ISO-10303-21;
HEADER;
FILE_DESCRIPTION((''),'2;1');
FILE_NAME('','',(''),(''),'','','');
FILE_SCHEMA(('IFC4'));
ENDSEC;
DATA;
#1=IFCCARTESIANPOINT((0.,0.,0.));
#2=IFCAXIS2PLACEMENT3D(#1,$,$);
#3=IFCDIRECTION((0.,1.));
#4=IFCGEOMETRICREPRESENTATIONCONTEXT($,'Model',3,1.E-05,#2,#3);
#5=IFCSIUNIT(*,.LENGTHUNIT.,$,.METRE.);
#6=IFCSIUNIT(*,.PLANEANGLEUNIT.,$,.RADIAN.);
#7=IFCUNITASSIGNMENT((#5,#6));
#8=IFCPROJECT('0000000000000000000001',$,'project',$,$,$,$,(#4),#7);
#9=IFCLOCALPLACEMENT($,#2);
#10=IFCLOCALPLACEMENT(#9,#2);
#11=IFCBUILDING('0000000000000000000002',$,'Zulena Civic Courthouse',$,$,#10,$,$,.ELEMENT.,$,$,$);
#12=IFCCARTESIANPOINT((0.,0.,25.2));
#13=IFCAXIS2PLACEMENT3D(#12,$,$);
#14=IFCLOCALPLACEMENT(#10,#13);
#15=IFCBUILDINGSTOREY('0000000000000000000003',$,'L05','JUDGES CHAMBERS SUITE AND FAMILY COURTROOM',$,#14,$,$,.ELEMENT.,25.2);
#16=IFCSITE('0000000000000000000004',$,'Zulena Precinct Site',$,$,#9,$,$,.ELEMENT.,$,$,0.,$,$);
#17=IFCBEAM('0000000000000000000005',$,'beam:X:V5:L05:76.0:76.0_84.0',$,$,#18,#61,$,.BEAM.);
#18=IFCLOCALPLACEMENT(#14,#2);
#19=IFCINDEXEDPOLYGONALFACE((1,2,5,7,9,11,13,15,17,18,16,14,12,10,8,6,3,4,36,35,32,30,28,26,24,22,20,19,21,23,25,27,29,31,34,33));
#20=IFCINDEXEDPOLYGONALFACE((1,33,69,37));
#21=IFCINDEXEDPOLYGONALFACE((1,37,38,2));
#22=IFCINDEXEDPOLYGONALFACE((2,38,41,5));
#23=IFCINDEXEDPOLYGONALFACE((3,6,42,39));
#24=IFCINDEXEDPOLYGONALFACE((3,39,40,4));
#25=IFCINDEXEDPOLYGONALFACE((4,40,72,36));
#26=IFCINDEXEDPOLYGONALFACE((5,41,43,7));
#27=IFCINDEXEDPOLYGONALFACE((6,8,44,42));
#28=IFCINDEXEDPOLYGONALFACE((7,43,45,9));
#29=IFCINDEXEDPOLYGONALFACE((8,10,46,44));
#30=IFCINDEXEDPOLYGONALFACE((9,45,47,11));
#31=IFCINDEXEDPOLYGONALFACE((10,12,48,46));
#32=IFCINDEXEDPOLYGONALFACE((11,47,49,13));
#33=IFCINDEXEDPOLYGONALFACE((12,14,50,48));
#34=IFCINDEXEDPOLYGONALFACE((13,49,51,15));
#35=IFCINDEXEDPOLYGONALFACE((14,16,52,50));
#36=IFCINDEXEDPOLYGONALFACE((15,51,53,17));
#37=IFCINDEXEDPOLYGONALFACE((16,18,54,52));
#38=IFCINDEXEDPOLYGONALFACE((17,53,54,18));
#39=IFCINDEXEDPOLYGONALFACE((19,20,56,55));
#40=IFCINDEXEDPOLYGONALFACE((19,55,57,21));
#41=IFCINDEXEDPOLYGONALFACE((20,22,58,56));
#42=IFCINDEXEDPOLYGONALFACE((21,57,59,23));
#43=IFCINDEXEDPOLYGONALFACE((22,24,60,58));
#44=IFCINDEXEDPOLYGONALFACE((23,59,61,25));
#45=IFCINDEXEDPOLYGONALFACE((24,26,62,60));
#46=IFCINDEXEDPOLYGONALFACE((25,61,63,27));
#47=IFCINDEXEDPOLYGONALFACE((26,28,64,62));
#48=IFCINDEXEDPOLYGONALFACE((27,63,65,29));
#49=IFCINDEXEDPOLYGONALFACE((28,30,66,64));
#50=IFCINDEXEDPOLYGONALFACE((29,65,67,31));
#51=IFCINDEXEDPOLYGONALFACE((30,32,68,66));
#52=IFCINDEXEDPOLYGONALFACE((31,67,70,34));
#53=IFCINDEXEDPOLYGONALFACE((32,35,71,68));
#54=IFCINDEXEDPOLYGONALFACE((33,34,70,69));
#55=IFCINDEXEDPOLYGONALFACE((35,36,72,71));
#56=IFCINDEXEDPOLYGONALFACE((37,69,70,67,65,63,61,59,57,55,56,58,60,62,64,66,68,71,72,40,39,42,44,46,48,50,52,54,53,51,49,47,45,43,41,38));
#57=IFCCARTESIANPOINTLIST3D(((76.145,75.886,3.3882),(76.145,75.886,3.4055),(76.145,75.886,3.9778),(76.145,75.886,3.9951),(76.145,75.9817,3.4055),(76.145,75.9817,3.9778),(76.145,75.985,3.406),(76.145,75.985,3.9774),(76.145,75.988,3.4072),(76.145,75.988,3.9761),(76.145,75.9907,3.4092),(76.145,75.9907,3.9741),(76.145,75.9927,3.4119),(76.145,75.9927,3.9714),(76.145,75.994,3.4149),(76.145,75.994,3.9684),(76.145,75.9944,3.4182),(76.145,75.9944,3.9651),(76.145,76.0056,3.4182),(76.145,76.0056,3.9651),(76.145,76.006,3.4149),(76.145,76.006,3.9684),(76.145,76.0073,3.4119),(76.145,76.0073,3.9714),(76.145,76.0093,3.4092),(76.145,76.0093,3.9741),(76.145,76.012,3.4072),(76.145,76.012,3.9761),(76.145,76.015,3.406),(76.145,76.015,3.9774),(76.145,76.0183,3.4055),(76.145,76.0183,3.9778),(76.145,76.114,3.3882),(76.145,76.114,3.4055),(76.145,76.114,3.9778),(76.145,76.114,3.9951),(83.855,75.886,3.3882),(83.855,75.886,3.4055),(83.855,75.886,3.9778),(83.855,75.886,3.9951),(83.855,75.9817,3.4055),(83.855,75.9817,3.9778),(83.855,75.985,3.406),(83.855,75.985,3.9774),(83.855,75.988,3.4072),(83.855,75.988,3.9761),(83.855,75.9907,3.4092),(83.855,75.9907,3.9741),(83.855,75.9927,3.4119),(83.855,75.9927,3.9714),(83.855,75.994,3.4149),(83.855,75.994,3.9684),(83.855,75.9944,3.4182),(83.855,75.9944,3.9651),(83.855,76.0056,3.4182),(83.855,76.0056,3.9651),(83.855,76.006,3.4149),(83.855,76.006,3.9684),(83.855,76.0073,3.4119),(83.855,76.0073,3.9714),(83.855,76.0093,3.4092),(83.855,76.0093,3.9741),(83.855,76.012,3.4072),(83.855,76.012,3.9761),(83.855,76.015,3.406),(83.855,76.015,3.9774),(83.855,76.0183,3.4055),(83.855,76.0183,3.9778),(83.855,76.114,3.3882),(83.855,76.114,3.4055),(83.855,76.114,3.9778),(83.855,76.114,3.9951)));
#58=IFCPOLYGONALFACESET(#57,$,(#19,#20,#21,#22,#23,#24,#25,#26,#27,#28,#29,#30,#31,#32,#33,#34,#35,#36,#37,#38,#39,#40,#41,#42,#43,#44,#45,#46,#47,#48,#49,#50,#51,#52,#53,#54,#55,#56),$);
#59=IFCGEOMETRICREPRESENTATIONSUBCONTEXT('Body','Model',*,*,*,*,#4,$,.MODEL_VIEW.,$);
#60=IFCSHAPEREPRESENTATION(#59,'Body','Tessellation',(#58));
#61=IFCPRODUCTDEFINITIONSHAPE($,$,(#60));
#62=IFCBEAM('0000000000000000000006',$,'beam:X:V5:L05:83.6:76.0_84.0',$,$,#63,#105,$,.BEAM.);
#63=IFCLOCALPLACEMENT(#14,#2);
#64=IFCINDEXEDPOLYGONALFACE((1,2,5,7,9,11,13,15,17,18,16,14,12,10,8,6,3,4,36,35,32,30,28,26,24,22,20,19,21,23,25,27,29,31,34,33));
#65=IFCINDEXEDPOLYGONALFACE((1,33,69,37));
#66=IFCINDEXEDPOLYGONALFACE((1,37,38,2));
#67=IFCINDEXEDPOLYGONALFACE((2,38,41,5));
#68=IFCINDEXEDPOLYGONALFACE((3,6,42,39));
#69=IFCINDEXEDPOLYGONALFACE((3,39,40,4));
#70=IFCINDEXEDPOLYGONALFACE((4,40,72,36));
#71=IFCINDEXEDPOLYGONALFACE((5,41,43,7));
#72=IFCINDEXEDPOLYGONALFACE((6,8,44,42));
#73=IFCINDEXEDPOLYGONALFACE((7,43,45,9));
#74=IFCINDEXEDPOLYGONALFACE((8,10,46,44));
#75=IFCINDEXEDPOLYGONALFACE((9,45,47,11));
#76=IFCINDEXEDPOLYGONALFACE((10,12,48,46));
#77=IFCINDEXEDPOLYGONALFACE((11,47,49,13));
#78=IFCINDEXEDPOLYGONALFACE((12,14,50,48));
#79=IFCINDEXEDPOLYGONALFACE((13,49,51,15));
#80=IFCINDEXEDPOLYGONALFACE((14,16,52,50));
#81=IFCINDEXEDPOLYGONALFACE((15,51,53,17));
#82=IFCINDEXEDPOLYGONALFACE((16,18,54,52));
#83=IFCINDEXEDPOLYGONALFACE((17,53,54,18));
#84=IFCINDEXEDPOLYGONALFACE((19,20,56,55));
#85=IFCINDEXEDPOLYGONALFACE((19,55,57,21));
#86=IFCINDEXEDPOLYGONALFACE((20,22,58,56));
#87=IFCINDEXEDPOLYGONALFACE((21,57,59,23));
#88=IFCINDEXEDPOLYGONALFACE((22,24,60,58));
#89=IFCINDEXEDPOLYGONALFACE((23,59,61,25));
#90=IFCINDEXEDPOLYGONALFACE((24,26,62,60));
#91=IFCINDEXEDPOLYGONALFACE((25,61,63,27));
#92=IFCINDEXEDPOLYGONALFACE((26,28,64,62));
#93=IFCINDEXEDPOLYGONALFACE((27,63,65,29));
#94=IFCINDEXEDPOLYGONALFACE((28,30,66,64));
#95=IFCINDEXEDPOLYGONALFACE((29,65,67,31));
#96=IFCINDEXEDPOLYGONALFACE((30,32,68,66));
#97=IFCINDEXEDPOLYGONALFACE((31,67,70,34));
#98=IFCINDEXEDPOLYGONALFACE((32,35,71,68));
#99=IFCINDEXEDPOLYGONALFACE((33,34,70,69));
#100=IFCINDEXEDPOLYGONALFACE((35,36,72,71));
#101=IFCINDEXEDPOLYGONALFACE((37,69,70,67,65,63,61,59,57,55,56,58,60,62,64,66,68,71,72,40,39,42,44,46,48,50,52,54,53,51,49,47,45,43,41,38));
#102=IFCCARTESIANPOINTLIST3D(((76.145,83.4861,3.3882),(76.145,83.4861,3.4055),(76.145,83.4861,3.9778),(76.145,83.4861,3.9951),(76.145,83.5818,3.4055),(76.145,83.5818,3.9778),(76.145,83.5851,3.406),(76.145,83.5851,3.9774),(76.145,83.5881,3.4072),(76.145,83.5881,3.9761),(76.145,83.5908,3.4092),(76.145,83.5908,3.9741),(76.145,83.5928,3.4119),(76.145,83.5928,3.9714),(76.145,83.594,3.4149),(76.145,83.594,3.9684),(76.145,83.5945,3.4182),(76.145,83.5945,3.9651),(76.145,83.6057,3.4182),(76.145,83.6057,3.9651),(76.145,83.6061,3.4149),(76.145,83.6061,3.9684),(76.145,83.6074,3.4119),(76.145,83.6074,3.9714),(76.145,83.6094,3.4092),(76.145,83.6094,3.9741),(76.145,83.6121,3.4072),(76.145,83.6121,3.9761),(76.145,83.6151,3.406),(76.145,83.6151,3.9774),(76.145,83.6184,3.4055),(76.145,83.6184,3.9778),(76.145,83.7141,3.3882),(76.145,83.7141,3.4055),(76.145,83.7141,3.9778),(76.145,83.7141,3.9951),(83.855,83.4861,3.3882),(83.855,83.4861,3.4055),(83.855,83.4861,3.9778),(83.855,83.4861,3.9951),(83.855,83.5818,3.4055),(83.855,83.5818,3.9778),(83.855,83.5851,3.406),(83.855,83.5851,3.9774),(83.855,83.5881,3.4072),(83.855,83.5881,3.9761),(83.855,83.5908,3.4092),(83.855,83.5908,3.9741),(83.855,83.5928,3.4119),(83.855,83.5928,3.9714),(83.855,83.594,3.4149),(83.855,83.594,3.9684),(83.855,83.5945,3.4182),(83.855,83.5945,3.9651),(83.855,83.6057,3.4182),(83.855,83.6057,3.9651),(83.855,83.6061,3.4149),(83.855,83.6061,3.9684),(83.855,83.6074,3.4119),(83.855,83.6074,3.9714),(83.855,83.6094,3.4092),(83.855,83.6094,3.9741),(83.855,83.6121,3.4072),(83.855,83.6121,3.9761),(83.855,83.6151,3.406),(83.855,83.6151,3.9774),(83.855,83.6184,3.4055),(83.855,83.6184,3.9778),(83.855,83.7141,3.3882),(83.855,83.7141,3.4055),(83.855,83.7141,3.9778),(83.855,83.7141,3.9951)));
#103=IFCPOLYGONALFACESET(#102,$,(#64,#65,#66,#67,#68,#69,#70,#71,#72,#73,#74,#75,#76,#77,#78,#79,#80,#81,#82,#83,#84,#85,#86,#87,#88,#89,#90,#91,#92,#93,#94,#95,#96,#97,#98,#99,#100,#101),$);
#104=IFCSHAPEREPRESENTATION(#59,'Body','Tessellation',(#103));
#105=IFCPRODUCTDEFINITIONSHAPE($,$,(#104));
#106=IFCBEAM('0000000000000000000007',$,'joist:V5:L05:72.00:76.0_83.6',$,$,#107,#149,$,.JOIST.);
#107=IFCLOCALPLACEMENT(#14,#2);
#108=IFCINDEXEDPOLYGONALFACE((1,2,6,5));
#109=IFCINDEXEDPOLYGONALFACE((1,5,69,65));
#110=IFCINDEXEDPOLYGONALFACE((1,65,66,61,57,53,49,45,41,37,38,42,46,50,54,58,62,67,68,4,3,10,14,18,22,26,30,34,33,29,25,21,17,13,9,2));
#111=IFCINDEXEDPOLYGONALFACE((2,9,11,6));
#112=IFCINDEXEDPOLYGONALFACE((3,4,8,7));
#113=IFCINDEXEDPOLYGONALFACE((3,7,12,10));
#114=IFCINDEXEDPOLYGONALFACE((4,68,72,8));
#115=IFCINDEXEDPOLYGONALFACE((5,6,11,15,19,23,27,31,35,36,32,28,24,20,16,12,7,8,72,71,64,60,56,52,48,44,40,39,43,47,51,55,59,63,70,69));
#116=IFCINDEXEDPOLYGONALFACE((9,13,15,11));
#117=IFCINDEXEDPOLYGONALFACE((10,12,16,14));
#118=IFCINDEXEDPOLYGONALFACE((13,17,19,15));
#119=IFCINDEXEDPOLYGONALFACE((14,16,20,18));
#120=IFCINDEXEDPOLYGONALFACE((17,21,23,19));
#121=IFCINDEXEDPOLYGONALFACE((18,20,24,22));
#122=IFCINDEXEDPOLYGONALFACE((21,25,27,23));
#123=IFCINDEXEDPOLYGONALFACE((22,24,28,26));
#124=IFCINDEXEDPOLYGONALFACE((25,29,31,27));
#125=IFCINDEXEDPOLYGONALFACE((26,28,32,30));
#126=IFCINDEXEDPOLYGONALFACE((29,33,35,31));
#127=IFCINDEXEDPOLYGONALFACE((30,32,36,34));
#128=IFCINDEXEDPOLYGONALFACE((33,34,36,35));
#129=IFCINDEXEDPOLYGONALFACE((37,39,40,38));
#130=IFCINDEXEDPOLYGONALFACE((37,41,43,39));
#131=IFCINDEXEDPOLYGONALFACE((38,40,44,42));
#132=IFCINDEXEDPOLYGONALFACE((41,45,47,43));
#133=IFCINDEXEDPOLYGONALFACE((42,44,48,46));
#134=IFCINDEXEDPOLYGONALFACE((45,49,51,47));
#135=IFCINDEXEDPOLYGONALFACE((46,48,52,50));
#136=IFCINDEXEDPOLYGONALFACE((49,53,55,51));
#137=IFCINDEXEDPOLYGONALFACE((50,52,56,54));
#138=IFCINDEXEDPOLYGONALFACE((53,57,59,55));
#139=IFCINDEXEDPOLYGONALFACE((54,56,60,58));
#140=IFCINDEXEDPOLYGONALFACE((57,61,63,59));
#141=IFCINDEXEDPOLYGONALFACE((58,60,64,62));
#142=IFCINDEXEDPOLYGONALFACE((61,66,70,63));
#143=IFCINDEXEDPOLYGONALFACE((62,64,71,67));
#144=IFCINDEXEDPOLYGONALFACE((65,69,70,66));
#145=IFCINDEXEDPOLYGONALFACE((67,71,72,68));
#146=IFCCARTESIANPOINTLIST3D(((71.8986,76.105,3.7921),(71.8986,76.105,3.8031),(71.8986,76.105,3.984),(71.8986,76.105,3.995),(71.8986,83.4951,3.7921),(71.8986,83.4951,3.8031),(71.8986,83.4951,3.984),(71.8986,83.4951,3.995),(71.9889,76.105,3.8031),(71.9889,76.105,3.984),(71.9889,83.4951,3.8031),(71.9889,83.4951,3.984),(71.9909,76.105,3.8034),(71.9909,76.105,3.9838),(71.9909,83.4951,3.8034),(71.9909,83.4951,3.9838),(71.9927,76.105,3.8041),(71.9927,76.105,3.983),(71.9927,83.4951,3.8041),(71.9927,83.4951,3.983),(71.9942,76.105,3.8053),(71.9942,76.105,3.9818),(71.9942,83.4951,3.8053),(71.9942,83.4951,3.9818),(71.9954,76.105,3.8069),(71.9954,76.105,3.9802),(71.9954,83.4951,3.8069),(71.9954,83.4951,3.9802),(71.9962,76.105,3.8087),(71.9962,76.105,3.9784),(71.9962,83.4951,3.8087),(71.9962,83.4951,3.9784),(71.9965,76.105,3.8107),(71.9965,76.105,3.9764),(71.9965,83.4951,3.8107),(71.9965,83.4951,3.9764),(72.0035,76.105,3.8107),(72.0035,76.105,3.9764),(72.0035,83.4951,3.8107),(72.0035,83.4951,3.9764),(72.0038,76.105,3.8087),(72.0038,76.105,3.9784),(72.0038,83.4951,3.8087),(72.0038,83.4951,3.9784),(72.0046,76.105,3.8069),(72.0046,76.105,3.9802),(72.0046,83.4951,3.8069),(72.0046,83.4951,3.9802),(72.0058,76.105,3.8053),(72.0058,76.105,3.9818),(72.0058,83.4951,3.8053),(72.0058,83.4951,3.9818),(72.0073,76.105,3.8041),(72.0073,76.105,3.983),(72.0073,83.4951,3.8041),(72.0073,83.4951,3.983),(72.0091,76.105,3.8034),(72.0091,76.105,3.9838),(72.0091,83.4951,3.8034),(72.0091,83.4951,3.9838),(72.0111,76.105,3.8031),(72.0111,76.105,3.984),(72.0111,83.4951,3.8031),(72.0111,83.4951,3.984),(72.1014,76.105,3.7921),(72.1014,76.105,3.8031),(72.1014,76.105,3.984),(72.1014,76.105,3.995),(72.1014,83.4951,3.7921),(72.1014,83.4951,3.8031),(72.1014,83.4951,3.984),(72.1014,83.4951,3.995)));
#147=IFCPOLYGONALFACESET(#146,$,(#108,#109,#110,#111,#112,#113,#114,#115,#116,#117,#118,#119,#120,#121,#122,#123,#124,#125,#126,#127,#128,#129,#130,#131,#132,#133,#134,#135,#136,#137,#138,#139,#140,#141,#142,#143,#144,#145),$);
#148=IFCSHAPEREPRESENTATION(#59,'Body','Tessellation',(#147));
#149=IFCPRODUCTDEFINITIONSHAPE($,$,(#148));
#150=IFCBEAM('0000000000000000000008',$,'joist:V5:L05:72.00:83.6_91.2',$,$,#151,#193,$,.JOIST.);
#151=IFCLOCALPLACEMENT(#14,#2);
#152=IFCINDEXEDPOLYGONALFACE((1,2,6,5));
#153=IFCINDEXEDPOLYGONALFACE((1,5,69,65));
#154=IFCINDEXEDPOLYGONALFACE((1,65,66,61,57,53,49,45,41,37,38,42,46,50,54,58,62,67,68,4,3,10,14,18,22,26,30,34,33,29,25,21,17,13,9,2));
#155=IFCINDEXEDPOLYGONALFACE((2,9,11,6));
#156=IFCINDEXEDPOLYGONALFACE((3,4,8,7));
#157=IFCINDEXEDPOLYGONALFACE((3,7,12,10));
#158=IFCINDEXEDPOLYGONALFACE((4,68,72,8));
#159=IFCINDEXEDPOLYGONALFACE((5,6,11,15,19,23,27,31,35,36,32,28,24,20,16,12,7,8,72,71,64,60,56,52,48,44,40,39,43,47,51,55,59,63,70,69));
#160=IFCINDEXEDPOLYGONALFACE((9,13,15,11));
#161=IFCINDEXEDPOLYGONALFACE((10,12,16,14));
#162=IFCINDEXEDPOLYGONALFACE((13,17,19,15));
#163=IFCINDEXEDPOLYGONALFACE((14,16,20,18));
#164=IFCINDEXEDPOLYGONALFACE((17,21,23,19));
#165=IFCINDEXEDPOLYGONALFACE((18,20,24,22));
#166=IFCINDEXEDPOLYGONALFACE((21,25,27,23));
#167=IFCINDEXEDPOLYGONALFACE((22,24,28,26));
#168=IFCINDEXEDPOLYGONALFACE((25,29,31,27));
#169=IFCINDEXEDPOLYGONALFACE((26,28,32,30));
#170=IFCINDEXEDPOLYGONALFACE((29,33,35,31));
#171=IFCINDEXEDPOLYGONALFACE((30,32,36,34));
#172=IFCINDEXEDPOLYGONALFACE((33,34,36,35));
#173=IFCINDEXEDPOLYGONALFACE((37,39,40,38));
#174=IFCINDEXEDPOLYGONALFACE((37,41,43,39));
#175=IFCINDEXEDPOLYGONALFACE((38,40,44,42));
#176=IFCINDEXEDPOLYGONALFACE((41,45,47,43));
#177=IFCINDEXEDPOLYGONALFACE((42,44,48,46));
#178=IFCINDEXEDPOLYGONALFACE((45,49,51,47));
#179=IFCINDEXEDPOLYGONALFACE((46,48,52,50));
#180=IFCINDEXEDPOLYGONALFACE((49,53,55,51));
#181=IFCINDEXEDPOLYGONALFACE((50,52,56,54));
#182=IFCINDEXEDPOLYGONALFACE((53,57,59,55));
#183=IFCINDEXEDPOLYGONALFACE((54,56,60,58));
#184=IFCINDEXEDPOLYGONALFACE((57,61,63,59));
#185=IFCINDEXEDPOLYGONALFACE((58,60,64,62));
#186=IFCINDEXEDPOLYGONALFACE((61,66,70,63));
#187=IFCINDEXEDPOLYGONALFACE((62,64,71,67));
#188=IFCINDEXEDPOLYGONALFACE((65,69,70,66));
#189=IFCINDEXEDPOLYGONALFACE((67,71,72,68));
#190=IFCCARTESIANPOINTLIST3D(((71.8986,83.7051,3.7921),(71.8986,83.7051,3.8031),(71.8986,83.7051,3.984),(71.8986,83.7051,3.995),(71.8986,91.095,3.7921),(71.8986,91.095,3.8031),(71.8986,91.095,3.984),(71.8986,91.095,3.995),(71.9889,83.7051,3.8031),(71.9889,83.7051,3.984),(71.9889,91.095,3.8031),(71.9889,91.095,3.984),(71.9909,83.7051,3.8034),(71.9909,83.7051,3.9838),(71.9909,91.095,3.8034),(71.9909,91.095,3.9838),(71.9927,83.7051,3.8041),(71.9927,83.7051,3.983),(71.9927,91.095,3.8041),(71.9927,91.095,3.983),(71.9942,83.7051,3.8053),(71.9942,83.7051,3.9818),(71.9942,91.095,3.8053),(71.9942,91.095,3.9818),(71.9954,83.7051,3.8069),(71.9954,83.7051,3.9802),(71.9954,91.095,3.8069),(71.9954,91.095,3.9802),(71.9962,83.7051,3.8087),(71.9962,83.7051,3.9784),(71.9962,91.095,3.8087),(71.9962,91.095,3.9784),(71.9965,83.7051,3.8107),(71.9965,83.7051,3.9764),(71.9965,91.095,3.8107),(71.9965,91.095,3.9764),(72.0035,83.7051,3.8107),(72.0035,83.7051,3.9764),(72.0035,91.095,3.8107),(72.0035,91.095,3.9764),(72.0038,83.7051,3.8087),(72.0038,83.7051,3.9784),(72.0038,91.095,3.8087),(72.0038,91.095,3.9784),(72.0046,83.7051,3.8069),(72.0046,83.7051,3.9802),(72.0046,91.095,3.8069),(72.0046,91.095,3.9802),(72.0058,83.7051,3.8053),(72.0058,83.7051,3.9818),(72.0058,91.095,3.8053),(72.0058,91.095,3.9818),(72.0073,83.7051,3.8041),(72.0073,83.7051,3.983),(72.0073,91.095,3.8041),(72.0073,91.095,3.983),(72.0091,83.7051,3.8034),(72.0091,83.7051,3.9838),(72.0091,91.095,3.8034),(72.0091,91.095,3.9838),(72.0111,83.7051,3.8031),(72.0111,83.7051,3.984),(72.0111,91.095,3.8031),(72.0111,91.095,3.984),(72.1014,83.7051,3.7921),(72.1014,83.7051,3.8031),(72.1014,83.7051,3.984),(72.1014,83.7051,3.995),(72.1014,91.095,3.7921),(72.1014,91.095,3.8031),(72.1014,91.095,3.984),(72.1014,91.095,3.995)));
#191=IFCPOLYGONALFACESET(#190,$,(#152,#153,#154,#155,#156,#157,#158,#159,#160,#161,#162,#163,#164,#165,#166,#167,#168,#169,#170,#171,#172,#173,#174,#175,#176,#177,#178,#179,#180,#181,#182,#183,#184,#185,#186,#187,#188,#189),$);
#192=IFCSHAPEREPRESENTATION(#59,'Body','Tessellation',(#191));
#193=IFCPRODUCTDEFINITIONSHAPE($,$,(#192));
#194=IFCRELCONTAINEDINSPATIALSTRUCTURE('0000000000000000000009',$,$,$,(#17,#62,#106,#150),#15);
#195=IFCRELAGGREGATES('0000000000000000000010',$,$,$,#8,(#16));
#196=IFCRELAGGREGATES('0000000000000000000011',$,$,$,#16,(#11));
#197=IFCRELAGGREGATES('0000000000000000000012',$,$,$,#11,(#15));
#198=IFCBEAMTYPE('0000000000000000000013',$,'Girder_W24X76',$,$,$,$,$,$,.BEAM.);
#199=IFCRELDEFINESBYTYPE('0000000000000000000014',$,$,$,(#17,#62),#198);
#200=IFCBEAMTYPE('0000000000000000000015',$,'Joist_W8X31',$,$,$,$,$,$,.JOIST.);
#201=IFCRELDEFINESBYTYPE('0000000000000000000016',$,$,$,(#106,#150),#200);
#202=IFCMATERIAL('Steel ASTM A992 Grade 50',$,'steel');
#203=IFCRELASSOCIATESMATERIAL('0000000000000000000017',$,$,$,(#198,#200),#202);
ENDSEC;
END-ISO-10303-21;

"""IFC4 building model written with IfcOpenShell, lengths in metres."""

from ifc_helpers import new_model, si_unit, direction, frame, origin, origin_2d, place, context, subcontext, project, spatial, i_section, extrude, material, material_profile, profile_set, type_object, element, save


model = new_model("IFC4")

# Units and contexts
model_context = context("Model", 3, precision=1e-05, world=origin(), true_north=direction((0.0, 1.0)))
body_context = subcontext(model_context, "Body", "Model", "MODEL_VIEW")
ifc_project = project(units=[si_unit("LENGTHUNIT", "METRE"), si_unit("PLANEANGLEUNIT", "RADIAN")], contexts=[model_context])

# Site, building, storey
site_placement = place(None, origin())
site = spatial("IfcSite", under=ifc_project, at=site_placement, Name="Zulena Precinct Site", CompositionType="ELEMENT", RefElevation=0.0)
building_placement = place(site_placement, origin())
building = spatial("IfcBuilding", under=site, at=building_placement, Name="Zulena Civic Courthouse", CompositionType="ELEMENT")
storey_placement = place(building_placement, frame((0.0, 0.0, 25.2)))
storey = spatial("IfcBuildingStorey", under=building, at=storey_placement, Name="L05", Description="JUDGES CHAMBERS SUITE AND FAMILY COURTROOM", CompositionType="ELEMENT", Elevation=25.2)

# Shared definitions
ifc_material_1 = material(Name="Steel ASTM A992 Grade 50", Category="steel")

# Beams
ifc_material_profile_1 = material_profile(ifc_material_1, i_section(OverallWidth=0.228, OverallDepth=0.6069, WebThickness=0.0112, FlangeThickness=0.0173, FilletRadius=0.0127, at=origin_2d()), Name="W24X76")
ifc_profile_set_1 = profile_set([ifc_material_profile_1], Name="Steel ASTM A992 Grade 50")
beam_type_1 = type_object("IfcBeamType", Name="Girder_W24X76", PredefinedType="BEAM", material=ifc_profile_set_1)
for number, where, z_axis, x_axis, name in (
    (1, (76.145, 76.0, 3.6917), (1.0, 0.0, 0.0), (0.0, 1.0, 0.0), "beam:X:V5:L05:76.0:76.0_84.0"),
    (2, (76.145, 83.6001, 3.6917), (1.0, 0.0, 0.0), (0.0, 1.0, 0.0), "beam:X:V5:L05:83.6:76.0_84.0"),
):
    element("IfcBeam", number, at=place(storey_placement, frame(where, z_axis=z_axis, x_axis=x_axis)), inside=storey, type_object=beam_type_1, Name=name, PredefinedType="BEAM", context=body_context, shape_type="SweptSolid", body=[
        extrude(i_section(OverallWidth=0.228, OverallDepth=0.6069, WebThickness=0.0112, FlangeThickness=0.0173, FilletRadius=0.0127, at=origin_2d()), origin(), (0.0, 0.0, 1.0), 7.71),
    ])
ifc_material_profile_2 = material_profile(ifc_material_1, i_section(OverallWidth=0.2029, OverallDepth=0.2029, WebThickness=0.0071, FlangeThickness=0.011, FilletRadius=0.0076, at=origin_2d()), Name="W8X31")
ifc_profile_set_2 = profile_set([ifc_material_profile_2], Name="Steel ASTM A992 Grade 50")
beam_type_2 = type_object("IfcBeamType", Name="Joist_W8X31", PredefinedType="JOIST", material=ifc_profile_set_2)
beam_1_placement = place(storey_placement, frame((72.0, 76.105, 3.8936), z_axis=(0.0, 1.0, 0.0), x_axis=(-1.0, 0.0, 0.0)))
element("IfcBeam", 3, at=beam_1_placement, inside=storey, type_object=beam_type_2, Name="joist:V5:L05:72.00:76.0_83.6", PredefinedType="JOIST", context=body_context, shape_type="SweptSolid", body=[
    extrude(i_section(OverallWidth=0.2029, OverallDepth=0.2029, WebThickness=0.0071, FlangeThickness=0.011, FilletRadius=0.0076, at=origin_2d()), origin(), (0.0, 0.0, 1.0), 7.3901),
])
beam_2_placement = place(storey_placement, frame((72.0, 83.7051, 3.8936), z_axis=(0.0, 1.0, 0.0), x_axis=(-1.0, 0.0, 0.0)))
element("IfcBeam", 4, at=beam_2_placement, inside=storey, type_object=beam_type_2, Name="joist:V5:L05:72.00:83.6_91.2", PredefinedType="JOIST", context=body_context, shape_type="SweptSolid", body=[
    extrude(i_section(OverallWidth=0.2029, OverallDepth=0.2029, WebThickness=0.0071, FlangeThickness=0.011, FilletRadius=0.0076, at=origin_2d()), origin(), (0.0, 0.0, 1.0), 7.3899),
])

save(model, "model.ifc")
